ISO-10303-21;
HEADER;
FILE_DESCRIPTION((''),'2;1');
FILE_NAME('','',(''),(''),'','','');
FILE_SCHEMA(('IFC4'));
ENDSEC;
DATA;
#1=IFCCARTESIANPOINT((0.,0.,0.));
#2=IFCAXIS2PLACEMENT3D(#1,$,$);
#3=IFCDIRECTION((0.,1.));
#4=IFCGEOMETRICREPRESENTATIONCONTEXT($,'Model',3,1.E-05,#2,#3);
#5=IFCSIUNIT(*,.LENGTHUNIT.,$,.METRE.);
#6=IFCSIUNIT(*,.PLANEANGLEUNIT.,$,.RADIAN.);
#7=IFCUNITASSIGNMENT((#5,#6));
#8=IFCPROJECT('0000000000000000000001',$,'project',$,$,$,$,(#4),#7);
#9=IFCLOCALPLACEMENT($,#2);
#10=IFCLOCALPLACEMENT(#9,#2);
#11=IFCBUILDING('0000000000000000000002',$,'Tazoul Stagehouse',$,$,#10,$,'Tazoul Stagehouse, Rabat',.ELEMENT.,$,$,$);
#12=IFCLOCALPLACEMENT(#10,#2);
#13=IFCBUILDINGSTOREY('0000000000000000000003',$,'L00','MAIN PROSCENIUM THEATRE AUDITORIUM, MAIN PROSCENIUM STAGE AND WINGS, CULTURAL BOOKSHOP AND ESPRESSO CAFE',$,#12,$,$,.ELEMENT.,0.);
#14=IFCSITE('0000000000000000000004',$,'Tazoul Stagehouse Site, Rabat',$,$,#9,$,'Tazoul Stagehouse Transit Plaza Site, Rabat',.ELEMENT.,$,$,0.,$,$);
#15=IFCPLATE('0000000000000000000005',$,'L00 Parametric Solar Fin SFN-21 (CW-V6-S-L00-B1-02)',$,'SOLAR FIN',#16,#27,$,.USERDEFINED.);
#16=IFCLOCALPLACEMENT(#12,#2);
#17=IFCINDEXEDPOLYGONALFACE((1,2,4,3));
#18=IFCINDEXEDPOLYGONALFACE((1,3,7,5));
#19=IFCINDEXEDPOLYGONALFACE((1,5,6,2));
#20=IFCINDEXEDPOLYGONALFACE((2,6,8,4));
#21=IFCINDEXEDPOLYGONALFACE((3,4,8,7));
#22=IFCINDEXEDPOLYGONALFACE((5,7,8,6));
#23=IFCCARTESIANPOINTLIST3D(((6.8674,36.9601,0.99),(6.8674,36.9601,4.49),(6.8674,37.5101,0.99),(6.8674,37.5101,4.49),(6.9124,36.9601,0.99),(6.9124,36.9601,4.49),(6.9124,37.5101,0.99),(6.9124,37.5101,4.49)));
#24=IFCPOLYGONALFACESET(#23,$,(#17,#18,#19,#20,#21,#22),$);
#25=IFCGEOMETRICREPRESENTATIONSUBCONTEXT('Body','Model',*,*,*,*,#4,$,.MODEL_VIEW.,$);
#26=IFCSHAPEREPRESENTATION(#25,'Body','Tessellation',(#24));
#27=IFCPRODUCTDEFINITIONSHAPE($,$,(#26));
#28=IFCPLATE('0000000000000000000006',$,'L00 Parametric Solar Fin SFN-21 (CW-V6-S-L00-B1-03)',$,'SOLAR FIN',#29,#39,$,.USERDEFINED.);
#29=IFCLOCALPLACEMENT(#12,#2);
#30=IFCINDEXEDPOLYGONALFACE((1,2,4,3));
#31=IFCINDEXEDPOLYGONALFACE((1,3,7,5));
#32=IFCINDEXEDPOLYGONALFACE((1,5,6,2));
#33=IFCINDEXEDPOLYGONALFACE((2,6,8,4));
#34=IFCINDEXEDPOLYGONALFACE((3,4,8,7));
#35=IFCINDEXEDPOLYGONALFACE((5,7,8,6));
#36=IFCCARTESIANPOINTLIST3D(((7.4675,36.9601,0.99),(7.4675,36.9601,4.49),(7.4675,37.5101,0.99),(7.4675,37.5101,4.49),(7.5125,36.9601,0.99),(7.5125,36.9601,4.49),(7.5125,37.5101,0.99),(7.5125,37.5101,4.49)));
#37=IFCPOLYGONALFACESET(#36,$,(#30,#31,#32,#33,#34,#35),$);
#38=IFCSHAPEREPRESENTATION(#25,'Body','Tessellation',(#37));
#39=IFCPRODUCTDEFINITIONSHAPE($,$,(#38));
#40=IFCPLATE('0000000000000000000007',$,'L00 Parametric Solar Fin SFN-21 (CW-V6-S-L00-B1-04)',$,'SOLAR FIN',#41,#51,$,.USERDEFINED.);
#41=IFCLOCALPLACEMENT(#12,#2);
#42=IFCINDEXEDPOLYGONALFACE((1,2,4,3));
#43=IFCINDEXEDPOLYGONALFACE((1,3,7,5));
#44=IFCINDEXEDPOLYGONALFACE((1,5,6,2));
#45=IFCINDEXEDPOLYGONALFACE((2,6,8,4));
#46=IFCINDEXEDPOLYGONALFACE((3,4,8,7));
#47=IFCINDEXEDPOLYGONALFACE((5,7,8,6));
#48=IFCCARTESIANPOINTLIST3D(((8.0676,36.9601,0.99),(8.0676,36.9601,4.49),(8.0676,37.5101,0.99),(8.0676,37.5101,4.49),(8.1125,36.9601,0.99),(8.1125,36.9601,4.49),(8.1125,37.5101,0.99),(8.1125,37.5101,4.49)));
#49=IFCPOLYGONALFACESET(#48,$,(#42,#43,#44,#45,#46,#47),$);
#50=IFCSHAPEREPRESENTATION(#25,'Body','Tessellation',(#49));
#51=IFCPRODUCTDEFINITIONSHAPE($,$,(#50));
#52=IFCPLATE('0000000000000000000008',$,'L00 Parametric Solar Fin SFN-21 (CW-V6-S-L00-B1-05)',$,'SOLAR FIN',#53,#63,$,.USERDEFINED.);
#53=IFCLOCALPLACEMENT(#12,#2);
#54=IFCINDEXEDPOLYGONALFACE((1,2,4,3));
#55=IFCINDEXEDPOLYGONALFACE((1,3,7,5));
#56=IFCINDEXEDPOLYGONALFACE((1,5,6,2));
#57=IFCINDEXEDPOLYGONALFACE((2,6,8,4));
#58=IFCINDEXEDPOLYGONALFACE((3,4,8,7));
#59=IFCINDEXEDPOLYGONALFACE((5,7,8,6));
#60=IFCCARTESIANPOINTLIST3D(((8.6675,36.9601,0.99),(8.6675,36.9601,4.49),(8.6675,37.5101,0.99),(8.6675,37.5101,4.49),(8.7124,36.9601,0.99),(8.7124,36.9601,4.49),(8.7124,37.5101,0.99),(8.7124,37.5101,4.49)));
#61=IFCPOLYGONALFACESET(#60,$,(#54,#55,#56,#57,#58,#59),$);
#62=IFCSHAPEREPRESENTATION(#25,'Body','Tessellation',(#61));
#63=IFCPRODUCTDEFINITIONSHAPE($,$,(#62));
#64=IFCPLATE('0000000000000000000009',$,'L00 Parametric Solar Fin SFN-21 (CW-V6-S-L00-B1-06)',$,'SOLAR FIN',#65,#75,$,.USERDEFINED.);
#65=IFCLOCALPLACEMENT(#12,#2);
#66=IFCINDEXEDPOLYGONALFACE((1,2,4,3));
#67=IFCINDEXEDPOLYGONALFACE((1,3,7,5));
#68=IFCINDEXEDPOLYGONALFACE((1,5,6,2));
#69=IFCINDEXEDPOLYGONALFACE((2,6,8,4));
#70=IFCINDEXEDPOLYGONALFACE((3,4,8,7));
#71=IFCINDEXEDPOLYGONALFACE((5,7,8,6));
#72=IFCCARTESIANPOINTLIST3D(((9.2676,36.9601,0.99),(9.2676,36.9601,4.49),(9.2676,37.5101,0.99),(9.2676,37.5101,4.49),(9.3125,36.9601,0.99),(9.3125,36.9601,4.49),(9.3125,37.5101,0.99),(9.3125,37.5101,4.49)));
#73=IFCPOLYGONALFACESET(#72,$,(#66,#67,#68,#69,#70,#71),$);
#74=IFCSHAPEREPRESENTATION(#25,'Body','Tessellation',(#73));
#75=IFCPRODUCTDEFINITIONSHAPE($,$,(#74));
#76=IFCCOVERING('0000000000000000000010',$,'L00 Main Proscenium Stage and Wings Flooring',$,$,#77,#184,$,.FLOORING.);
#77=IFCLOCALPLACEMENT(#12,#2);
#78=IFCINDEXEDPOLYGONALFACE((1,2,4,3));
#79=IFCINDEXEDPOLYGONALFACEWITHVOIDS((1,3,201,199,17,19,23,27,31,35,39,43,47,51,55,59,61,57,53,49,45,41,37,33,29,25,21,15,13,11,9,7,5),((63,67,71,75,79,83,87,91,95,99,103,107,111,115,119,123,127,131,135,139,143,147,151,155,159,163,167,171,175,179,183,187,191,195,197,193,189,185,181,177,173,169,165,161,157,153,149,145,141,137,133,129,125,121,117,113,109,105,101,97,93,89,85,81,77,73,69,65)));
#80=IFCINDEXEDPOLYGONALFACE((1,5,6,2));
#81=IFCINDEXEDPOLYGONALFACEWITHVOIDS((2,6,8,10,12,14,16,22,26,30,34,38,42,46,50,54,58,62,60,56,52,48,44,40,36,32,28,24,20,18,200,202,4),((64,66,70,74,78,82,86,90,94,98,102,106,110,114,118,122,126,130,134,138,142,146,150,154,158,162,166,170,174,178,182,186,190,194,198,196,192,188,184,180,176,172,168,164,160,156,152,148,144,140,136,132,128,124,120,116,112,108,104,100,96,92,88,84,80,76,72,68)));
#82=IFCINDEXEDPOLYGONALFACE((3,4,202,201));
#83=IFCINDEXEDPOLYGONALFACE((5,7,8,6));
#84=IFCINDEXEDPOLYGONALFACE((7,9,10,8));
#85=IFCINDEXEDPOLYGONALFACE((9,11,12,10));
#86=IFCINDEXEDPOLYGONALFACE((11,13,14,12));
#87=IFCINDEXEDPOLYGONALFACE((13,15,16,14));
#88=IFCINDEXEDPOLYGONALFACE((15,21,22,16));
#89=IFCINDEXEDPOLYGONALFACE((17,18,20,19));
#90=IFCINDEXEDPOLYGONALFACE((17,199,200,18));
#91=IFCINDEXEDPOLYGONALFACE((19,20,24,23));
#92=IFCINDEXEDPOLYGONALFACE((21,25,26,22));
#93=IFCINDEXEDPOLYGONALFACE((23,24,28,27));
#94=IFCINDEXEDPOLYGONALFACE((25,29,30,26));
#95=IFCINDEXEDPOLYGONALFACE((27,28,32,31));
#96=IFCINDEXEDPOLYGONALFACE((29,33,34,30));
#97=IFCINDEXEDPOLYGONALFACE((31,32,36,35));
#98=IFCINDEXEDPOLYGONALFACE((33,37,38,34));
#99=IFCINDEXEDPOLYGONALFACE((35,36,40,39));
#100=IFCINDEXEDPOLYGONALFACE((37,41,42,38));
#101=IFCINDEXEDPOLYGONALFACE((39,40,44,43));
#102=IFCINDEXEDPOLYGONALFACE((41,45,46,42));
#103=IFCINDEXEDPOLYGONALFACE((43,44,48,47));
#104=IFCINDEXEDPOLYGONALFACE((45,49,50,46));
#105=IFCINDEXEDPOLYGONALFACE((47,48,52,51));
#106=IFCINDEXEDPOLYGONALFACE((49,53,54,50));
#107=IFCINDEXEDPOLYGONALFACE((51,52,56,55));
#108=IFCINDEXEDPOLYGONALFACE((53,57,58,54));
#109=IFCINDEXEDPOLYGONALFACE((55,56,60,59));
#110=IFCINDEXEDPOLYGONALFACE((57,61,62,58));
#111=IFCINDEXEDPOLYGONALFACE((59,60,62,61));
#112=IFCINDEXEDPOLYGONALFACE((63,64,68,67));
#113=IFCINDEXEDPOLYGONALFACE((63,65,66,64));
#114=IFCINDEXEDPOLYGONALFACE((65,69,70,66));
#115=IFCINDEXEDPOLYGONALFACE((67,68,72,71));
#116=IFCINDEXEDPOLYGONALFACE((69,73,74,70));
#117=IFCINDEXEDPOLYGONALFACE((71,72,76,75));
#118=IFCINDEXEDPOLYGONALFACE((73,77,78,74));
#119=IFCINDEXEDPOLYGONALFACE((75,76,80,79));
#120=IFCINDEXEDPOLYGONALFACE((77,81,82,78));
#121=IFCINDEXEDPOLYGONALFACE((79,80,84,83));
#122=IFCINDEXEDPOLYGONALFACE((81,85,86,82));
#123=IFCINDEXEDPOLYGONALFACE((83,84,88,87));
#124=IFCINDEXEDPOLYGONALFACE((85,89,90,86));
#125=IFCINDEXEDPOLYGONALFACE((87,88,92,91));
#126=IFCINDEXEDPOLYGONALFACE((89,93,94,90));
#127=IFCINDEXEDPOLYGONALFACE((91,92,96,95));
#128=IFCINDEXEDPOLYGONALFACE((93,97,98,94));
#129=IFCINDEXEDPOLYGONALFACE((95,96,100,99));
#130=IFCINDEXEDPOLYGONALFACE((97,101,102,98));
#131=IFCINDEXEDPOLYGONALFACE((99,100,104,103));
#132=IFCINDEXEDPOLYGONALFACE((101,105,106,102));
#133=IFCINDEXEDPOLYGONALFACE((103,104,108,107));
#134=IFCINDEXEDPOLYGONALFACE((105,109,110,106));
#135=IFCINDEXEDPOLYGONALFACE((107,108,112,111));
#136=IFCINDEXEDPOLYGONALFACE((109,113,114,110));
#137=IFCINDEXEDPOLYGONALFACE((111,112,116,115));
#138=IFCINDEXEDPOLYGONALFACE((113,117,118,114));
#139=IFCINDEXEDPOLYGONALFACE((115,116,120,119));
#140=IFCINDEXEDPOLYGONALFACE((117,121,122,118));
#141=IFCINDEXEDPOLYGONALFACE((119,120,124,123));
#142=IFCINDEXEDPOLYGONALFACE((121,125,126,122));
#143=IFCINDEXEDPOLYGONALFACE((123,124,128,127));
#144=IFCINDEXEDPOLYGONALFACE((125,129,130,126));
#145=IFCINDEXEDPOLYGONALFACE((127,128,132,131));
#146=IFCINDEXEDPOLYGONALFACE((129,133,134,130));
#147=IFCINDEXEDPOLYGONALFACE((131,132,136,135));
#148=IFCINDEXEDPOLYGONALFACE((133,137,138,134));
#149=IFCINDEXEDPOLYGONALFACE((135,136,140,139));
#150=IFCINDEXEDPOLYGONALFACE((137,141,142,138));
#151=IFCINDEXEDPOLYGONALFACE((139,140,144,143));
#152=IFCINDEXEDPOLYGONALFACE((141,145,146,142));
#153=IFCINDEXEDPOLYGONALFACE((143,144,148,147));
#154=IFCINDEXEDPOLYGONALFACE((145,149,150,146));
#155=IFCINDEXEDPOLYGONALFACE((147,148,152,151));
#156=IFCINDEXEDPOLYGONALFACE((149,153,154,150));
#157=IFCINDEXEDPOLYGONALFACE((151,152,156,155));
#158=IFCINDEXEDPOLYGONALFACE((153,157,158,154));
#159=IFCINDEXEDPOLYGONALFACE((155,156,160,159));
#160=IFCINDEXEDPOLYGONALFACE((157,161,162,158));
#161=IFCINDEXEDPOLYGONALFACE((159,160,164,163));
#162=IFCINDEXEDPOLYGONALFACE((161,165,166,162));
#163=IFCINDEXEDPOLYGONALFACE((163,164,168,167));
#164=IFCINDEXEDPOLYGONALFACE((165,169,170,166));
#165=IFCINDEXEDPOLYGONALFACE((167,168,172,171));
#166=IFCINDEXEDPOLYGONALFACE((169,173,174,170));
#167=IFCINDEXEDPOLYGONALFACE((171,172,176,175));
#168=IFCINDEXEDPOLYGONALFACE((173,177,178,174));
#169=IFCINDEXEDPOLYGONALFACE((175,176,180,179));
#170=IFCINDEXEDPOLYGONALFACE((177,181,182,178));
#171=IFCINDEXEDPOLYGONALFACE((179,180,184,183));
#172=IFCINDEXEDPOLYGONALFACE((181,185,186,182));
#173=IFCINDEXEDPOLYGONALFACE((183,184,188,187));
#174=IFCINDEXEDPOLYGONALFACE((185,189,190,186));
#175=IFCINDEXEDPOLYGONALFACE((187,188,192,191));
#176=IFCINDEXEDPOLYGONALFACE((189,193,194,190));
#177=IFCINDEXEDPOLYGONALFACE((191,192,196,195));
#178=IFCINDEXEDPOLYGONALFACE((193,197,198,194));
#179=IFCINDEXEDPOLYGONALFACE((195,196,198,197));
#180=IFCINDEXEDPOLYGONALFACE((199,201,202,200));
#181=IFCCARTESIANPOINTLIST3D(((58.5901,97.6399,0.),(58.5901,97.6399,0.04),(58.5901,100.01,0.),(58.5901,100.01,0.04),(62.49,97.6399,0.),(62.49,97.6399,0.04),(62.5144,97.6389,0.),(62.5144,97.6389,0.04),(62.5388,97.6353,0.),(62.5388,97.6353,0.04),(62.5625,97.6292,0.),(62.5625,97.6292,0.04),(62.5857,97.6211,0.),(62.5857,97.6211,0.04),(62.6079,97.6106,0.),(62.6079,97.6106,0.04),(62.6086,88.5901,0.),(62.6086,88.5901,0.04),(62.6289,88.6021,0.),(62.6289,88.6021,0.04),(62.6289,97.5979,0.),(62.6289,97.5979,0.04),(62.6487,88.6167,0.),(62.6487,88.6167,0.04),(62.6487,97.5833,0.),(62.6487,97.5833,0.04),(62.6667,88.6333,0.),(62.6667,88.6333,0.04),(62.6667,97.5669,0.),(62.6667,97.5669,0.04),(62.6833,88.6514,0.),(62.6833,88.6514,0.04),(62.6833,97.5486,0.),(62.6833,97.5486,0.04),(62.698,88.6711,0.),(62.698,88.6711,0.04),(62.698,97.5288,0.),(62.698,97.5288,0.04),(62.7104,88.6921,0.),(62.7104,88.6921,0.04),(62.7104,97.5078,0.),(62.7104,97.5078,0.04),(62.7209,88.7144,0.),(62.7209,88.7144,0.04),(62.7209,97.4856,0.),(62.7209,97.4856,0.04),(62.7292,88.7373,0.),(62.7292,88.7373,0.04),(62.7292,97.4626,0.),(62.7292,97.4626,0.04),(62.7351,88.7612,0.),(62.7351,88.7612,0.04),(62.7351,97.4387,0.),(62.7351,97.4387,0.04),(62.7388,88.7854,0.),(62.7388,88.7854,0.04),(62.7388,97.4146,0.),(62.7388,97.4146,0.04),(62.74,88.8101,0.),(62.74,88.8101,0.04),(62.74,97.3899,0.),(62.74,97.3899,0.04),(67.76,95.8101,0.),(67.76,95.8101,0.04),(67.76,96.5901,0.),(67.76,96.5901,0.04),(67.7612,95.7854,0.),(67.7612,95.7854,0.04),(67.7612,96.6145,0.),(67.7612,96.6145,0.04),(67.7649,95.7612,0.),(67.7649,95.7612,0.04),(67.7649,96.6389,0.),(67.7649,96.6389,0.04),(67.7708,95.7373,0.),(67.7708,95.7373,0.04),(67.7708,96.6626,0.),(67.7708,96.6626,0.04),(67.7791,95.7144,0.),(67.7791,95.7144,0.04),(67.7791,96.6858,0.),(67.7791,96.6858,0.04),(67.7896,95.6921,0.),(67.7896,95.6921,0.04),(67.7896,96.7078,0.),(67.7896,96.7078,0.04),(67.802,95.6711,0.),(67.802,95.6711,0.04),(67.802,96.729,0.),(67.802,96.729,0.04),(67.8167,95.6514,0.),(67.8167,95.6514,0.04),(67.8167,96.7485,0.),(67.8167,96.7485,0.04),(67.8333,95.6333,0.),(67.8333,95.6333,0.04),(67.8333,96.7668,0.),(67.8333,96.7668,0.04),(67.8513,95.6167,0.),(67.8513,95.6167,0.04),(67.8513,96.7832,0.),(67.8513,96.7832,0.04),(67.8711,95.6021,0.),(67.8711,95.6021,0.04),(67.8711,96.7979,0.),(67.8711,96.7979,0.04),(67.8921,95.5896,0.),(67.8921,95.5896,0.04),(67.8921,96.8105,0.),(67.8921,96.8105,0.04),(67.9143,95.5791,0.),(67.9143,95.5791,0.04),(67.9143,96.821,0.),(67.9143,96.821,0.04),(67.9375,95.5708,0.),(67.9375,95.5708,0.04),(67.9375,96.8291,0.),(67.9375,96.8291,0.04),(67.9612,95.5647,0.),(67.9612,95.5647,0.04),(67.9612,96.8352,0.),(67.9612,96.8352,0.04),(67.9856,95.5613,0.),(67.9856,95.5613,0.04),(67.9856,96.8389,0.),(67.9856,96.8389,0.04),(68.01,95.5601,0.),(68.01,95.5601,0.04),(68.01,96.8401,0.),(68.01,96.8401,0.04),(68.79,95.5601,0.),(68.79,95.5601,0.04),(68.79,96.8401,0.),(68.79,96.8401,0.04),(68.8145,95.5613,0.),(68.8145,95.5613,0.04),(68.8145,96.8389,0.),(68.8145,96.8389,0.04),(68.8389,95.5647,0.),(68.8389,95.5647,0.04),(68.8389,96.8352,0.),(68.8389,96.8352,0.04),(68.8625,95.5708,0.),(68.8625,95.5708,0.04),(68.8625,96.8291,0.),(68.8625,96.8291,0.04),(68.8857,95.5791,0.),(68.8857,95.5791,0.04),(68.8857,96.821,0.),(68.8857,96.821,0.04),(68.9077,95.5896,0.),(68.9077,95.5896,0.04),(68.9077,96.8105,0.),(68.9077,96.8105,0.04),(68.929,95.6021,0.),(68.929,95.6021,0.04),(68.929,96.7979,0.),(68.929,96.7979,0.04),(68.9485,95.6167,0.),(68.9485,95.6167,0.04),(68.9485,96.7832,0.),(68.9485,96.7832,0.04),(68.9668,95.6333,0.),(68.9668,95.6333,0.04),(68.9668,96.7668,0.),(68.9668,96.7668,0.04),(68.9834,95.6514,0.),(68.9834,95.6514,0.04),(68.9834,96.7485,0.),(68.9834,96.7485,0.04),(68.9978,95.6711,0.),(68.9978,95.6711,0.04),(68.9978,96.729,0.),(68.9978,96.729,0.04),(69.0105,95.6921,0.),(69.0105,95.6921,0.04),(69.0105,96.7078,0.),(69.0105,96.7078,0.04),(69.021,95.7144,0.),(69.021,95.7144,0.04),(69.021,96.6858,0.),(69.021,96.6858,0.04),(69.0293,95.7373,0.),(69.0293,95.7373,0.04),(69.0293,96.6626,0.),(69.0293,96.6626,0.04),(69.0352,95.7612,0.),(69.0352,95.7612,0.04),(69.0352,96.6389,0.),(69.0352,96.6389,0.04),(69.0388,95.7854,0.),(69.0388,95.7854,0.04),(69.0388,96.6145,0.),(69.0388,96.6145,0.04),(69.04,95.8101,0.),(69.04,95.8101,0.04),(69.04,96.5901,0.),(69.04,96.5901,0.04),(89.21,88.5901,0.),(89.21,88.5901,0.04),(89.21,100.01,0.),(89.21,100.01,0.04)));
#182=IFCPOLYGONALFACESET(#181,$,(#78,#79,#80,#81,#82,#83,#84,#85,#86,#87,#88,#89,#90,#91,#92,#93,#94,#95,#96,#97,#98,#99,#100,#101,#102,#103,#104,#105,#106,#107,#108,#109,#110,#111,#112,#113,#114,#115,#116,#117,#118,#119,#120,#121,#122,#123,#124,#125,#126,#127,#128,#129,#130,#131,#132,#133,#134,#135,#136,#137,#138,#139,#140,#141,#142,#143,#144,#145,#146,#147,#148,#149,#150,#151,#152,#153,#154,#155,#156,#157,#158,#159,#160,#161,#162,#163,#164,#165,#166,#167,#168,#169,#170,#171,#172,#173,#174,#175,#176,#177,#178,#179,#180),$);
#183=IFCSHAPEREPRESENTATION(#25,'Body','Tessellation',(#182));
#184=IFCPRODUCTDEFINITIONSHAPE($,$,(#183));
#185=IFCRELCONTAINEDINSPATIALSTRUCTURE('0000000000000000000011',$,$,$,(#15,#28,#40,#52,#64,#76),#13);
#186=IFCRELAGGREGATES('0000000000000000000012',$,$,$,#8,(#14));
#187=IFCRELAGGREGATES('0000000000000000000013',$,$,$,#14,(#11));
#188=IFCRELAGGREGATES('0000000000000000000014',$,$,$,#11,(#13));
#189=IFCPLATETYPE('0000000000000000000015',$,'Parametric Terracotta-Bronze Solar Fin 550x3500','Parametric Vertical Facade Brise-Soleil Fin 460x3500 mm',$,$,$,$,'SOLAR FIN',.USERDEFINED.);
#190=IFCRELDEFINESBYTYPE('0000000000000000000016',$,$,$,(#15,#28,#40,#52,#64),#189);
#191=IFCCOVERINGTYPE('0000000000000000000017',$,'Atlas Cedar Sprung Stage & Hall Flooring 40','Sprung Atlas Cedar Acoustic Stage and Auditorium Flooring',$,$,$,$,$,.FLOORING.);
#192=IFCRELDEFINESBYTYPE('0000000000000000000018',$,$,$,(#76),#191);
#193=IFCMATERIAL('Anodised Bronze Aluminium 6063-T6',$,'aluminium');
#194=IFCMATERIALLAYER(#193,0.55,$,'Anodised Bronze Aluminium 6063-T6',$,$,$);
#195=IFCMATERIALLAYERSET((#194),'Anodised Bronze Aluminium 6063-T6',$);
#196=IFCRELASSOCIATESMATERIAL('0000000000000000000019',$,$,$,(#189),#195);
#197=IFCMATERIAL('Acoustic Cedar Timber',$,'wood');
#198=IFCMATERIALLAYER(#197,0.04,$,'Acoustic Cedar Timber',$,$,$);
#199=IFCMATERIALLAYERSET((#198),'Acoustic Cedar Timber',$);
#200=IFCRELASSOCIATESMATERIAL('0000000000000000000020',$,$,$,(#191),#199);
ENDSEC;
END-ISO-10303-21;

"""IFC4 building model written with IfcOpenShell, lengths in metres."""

from ifc_helpers import new_model, si_unit, direction, frame, origin, origin_2d, place, context, subcontext, project, spatial, polyline, rectangle, outline, extrude, material, layer, layer_set, type_object, element, save


model = new_model("IFC4")

# Units and contexts
model_context = context("Model", 3, precision=1e-05, world=origin(), true_north=direction((0.0, 1.0)))
body_context = subcontext(model_context, "Body", "Model", "MODEL_VIEW")
ifc_project = project(units=[si_unit("LENGTHUNIT", "METRE"), si_unit("PLANEANGLEUNIT", "RADIAN")], contexts=[model_context])

# Site, building, storey
site_placement = place(None, origin())
site = spatial("IfcSite", under=ifc_project, at=site_placement, Name="Tazoul Stagehouse Site, Rabat", LongName="Tazoul Stagehouse Transit Plaza Site, Rabat", CompositionType="ELEMENT", RefElevation=0.0)
building_placement = place(site_placement, origin())
building = spatial("IfcBuilding", under=site, at=building_placement, Name="Tazoul Stagehouse", LongName="Tazoul Stagehouse, Rabat", CompositionType="ELEMENT")
storey_placement = place(building_placement, origin())
storey = spatial("IfcBuildingStorey", under=building, at=storey_placement, Name="L00", Description="MAIN PROSCENIUM THEATRE AUDITORIUM, MAIN PROSCENIUM STAGE AND WINGS, CULTURAL BOOKSHOP AND ESPRESSO CAFE", CompositionType="ELEMENT", Elevation=0.0)

# Plates
ifc_material_1 = material(Name="Anodised Bronze Aluminium 6063-T6", Category="aluminium")
ifc_layer_1 = layer(ifc_material_1, 0.55, Name="Anodised Bronze Aluminium 6063-T6")
ifc_layer_set_1 = layer_set([ifc_layer_1], Name="Anodised Bronze Aluminium 6063-T6")
plate_type = type_object("IfcPlateType", Name="Parametric Terracotta-Bronze Solar Fin 550x3500", Description="Parametric Vertical Facade Brise-Soleil Fin 460x3500 mm", ElementType="SOLAR FIN", PredefinedType="USERDEFINED", material=ifc_layer_set_1)
for number, where, z_axis, x_axis, name in (
    (1, (6.8899, 37.2351, 0.99), (0.0, 0.0, 1.0), (1.0, 0.0, 0.0), "L00 Parametric Solar Fin SFN-21 (CW-V6-S-L00-B1-02)"),
    (2, (7.49, 37.2351, 0.99), (0.0, 0.0, 1.0), (1.0, 0.0, 0.0), "L00 Parametric Solar Fin SFN-21 (CW-V6-S-L00-B1-03)"),
    (3, (8.0901, 37.2351, 0.99), (0.0, 0.0, 1.0), (1.0, 0.0, 0.0), "L00 Parametric Solar Fin SFN-21 (CW-V6-S-L00-B1-04)"),
    (4, (8.6899, 37.2351, 0.99), (0.0, 0.0, 1.0), (1.0, 0.0, 0.0), "L00 Parametric Solar Fin SFN-21 (CW-V6-S-L00-B1-05)"),
    (5, (9.29, 37.2351, 0.99), (0.0, 0.0, 1.0), (1.0, 0.0, 0.0), "L00 Parametric Solar Fin SFN-21 (CW-V6-S-L00-B1-06)"),
):
    element("IfcPlate", number, at=place(storey_placement, frame(where, z_axis=z_axis, x_axis=x_axis)), inside=storey, type_object=plate_type, Name=name, ObjectType="SOLAR FIN", PredefinedType="USERDEFINED", context=body_context, shape_type="SweptSolid", body=[
        extrude(rectangle(XDim=0.0449, YDim=0.55, at=origin_2d()), origin(), (0.0, 0.0, 1.0), 3.5),
    ])

# Covering
ifc_material_2 = material(Name="Acoustic Cedar Timber", Category="wood")
ifc_layer_2 = layer(ifc_material_2, 0.04, Name="Acoustic Cedar Timber")
ifc_layer_set_2 = layer_set([ifc_layer_2], Name="Acoustic Cedar Timber")
covering_type_1 = type_object("IfcCoveringType", Name="Atlas Cedar Sprung Stage & Hall Flooring 40", Description="Sprung Atlas Cedar Acoustic Stage and Auditorium Flooring", PredefinedType="FLOORING", material=ifc_layer_set_2)
covering_1_placement = place(storey_placement, origin())
element("IfcCovering", 6, at=covering_1_placement, inside=storey, type_object=covering_type_1, Name="L00 Main Proscenium Stage and Wings Flooring", PredefinedType="FLOORING", context=body_context, shape_type="SweptSolid", body=[
    extrude(outline(polyline([(62.6289, 88.6021), (62.6487, 88.6167), (62.6667, 88.6333), (62.6833, 88.6514), (62.698, 88.6711), (62.7104, 88.6921), (62.7209, 88.7144), (62.7292, 88.7373), (62.7351, 88.7612), (62.7388, 88.7854), (62.74, 88.8101), (62.74, 97.3899), (62.7388, 97.4146), (62.7351, 97.4387), (62.7292, 97.4626), (62.7209, 97.4856), (62.7104, 97.5078), (62.698, 97.5288), (62.6833, 97.5486), (62.6667, 97.5669), (62.6487, 97.5833), (62.6289, 97.5979), (62.6079, 97.6106), (62.5857, 97.6211), (62.5625, 97.6292), (62.5388, 97.6353), (62.5144, 97.6389), (62.49, 97.6399), (58.5901, 97.6399), (58.5901, 100.01), (89.21, 100.01), (89.21, 88.5901), (62.6086, 88.5901), (62.6289, 88.6021)]), holes=[polyline([(69.0388, 96.6145), (69.0352, 96.6389), (69.0293, 96.6626), (69.021, 96.6858), (69.0105, 96.7078), (68.9978, 96.729), (68.9834, 96.7485), (68.9668, 96.7668), (68.9485, 96.7832), (68.929, 96.7979), (68.9077, 96.8105), (68.8857, 96.821), (68.8625, 96.8291), (68.8389, 96.8352), (68.8145, 96.8389), (68.79, 96.8401), (68.01, 96.8401), (67.9856, 96.8389), (67.9612, 96.8352), (67.9375, 96.8291), (67.9143, 96.821), (67.8921, 96.8105), (67.8711, 96.7979), (67.8513, 96.7832), (67.8333, 96.7668), (67.8167, 96.7485), (67.802, 96.729), (67.7896, 96.7078), (67.7791, 96.6858), (67.7708, 96.6626), (67.7649, 96.6389), (67.7612, 96.6145), (67.76, 96.5901), (67.76, 95.8101), (67.7612, 95.7854), (67.7649, 95.7612), (67.7708, 95.7373), (67.7791, 95.7144), (67.7896, 95.6921), (67.802, 95.6711), (67.8167, 95.6514), (67.8333, 95.6333), (67.8513, 95.6167), (67.8711, 95.6021), (67.8921, 95.5896), (67.9143, 95.5791), (67.9375, 95.5708), (67.9612, 95.5647), (67.9856, 95.5613), (68.01, 95.5601), (68.79, 95.5601), (68.8145, 95.5613), (68.8389, 95.5647), (68.8625, 95.5708), (68.8857, 95.5791), (68.9077, 95.5896), (68.929, 95.6021), (68.9485, 95.6167), (68.9668, 95.6333), (68.9834, 95.6514), (68.9978, 95.6711), (69.0105, 95.6921), (69.021, 95.7144), (69.0293, 95.7373), (69.0352, 95.7612), (69.0388, 95.7854), (69.04, 95.8101), (69.04, 96.5901), (69.0388, 96.6145)])]), origin(), (0.0, 0.0, 1.0), 0.04),
])

save(model, "model.ifc")
